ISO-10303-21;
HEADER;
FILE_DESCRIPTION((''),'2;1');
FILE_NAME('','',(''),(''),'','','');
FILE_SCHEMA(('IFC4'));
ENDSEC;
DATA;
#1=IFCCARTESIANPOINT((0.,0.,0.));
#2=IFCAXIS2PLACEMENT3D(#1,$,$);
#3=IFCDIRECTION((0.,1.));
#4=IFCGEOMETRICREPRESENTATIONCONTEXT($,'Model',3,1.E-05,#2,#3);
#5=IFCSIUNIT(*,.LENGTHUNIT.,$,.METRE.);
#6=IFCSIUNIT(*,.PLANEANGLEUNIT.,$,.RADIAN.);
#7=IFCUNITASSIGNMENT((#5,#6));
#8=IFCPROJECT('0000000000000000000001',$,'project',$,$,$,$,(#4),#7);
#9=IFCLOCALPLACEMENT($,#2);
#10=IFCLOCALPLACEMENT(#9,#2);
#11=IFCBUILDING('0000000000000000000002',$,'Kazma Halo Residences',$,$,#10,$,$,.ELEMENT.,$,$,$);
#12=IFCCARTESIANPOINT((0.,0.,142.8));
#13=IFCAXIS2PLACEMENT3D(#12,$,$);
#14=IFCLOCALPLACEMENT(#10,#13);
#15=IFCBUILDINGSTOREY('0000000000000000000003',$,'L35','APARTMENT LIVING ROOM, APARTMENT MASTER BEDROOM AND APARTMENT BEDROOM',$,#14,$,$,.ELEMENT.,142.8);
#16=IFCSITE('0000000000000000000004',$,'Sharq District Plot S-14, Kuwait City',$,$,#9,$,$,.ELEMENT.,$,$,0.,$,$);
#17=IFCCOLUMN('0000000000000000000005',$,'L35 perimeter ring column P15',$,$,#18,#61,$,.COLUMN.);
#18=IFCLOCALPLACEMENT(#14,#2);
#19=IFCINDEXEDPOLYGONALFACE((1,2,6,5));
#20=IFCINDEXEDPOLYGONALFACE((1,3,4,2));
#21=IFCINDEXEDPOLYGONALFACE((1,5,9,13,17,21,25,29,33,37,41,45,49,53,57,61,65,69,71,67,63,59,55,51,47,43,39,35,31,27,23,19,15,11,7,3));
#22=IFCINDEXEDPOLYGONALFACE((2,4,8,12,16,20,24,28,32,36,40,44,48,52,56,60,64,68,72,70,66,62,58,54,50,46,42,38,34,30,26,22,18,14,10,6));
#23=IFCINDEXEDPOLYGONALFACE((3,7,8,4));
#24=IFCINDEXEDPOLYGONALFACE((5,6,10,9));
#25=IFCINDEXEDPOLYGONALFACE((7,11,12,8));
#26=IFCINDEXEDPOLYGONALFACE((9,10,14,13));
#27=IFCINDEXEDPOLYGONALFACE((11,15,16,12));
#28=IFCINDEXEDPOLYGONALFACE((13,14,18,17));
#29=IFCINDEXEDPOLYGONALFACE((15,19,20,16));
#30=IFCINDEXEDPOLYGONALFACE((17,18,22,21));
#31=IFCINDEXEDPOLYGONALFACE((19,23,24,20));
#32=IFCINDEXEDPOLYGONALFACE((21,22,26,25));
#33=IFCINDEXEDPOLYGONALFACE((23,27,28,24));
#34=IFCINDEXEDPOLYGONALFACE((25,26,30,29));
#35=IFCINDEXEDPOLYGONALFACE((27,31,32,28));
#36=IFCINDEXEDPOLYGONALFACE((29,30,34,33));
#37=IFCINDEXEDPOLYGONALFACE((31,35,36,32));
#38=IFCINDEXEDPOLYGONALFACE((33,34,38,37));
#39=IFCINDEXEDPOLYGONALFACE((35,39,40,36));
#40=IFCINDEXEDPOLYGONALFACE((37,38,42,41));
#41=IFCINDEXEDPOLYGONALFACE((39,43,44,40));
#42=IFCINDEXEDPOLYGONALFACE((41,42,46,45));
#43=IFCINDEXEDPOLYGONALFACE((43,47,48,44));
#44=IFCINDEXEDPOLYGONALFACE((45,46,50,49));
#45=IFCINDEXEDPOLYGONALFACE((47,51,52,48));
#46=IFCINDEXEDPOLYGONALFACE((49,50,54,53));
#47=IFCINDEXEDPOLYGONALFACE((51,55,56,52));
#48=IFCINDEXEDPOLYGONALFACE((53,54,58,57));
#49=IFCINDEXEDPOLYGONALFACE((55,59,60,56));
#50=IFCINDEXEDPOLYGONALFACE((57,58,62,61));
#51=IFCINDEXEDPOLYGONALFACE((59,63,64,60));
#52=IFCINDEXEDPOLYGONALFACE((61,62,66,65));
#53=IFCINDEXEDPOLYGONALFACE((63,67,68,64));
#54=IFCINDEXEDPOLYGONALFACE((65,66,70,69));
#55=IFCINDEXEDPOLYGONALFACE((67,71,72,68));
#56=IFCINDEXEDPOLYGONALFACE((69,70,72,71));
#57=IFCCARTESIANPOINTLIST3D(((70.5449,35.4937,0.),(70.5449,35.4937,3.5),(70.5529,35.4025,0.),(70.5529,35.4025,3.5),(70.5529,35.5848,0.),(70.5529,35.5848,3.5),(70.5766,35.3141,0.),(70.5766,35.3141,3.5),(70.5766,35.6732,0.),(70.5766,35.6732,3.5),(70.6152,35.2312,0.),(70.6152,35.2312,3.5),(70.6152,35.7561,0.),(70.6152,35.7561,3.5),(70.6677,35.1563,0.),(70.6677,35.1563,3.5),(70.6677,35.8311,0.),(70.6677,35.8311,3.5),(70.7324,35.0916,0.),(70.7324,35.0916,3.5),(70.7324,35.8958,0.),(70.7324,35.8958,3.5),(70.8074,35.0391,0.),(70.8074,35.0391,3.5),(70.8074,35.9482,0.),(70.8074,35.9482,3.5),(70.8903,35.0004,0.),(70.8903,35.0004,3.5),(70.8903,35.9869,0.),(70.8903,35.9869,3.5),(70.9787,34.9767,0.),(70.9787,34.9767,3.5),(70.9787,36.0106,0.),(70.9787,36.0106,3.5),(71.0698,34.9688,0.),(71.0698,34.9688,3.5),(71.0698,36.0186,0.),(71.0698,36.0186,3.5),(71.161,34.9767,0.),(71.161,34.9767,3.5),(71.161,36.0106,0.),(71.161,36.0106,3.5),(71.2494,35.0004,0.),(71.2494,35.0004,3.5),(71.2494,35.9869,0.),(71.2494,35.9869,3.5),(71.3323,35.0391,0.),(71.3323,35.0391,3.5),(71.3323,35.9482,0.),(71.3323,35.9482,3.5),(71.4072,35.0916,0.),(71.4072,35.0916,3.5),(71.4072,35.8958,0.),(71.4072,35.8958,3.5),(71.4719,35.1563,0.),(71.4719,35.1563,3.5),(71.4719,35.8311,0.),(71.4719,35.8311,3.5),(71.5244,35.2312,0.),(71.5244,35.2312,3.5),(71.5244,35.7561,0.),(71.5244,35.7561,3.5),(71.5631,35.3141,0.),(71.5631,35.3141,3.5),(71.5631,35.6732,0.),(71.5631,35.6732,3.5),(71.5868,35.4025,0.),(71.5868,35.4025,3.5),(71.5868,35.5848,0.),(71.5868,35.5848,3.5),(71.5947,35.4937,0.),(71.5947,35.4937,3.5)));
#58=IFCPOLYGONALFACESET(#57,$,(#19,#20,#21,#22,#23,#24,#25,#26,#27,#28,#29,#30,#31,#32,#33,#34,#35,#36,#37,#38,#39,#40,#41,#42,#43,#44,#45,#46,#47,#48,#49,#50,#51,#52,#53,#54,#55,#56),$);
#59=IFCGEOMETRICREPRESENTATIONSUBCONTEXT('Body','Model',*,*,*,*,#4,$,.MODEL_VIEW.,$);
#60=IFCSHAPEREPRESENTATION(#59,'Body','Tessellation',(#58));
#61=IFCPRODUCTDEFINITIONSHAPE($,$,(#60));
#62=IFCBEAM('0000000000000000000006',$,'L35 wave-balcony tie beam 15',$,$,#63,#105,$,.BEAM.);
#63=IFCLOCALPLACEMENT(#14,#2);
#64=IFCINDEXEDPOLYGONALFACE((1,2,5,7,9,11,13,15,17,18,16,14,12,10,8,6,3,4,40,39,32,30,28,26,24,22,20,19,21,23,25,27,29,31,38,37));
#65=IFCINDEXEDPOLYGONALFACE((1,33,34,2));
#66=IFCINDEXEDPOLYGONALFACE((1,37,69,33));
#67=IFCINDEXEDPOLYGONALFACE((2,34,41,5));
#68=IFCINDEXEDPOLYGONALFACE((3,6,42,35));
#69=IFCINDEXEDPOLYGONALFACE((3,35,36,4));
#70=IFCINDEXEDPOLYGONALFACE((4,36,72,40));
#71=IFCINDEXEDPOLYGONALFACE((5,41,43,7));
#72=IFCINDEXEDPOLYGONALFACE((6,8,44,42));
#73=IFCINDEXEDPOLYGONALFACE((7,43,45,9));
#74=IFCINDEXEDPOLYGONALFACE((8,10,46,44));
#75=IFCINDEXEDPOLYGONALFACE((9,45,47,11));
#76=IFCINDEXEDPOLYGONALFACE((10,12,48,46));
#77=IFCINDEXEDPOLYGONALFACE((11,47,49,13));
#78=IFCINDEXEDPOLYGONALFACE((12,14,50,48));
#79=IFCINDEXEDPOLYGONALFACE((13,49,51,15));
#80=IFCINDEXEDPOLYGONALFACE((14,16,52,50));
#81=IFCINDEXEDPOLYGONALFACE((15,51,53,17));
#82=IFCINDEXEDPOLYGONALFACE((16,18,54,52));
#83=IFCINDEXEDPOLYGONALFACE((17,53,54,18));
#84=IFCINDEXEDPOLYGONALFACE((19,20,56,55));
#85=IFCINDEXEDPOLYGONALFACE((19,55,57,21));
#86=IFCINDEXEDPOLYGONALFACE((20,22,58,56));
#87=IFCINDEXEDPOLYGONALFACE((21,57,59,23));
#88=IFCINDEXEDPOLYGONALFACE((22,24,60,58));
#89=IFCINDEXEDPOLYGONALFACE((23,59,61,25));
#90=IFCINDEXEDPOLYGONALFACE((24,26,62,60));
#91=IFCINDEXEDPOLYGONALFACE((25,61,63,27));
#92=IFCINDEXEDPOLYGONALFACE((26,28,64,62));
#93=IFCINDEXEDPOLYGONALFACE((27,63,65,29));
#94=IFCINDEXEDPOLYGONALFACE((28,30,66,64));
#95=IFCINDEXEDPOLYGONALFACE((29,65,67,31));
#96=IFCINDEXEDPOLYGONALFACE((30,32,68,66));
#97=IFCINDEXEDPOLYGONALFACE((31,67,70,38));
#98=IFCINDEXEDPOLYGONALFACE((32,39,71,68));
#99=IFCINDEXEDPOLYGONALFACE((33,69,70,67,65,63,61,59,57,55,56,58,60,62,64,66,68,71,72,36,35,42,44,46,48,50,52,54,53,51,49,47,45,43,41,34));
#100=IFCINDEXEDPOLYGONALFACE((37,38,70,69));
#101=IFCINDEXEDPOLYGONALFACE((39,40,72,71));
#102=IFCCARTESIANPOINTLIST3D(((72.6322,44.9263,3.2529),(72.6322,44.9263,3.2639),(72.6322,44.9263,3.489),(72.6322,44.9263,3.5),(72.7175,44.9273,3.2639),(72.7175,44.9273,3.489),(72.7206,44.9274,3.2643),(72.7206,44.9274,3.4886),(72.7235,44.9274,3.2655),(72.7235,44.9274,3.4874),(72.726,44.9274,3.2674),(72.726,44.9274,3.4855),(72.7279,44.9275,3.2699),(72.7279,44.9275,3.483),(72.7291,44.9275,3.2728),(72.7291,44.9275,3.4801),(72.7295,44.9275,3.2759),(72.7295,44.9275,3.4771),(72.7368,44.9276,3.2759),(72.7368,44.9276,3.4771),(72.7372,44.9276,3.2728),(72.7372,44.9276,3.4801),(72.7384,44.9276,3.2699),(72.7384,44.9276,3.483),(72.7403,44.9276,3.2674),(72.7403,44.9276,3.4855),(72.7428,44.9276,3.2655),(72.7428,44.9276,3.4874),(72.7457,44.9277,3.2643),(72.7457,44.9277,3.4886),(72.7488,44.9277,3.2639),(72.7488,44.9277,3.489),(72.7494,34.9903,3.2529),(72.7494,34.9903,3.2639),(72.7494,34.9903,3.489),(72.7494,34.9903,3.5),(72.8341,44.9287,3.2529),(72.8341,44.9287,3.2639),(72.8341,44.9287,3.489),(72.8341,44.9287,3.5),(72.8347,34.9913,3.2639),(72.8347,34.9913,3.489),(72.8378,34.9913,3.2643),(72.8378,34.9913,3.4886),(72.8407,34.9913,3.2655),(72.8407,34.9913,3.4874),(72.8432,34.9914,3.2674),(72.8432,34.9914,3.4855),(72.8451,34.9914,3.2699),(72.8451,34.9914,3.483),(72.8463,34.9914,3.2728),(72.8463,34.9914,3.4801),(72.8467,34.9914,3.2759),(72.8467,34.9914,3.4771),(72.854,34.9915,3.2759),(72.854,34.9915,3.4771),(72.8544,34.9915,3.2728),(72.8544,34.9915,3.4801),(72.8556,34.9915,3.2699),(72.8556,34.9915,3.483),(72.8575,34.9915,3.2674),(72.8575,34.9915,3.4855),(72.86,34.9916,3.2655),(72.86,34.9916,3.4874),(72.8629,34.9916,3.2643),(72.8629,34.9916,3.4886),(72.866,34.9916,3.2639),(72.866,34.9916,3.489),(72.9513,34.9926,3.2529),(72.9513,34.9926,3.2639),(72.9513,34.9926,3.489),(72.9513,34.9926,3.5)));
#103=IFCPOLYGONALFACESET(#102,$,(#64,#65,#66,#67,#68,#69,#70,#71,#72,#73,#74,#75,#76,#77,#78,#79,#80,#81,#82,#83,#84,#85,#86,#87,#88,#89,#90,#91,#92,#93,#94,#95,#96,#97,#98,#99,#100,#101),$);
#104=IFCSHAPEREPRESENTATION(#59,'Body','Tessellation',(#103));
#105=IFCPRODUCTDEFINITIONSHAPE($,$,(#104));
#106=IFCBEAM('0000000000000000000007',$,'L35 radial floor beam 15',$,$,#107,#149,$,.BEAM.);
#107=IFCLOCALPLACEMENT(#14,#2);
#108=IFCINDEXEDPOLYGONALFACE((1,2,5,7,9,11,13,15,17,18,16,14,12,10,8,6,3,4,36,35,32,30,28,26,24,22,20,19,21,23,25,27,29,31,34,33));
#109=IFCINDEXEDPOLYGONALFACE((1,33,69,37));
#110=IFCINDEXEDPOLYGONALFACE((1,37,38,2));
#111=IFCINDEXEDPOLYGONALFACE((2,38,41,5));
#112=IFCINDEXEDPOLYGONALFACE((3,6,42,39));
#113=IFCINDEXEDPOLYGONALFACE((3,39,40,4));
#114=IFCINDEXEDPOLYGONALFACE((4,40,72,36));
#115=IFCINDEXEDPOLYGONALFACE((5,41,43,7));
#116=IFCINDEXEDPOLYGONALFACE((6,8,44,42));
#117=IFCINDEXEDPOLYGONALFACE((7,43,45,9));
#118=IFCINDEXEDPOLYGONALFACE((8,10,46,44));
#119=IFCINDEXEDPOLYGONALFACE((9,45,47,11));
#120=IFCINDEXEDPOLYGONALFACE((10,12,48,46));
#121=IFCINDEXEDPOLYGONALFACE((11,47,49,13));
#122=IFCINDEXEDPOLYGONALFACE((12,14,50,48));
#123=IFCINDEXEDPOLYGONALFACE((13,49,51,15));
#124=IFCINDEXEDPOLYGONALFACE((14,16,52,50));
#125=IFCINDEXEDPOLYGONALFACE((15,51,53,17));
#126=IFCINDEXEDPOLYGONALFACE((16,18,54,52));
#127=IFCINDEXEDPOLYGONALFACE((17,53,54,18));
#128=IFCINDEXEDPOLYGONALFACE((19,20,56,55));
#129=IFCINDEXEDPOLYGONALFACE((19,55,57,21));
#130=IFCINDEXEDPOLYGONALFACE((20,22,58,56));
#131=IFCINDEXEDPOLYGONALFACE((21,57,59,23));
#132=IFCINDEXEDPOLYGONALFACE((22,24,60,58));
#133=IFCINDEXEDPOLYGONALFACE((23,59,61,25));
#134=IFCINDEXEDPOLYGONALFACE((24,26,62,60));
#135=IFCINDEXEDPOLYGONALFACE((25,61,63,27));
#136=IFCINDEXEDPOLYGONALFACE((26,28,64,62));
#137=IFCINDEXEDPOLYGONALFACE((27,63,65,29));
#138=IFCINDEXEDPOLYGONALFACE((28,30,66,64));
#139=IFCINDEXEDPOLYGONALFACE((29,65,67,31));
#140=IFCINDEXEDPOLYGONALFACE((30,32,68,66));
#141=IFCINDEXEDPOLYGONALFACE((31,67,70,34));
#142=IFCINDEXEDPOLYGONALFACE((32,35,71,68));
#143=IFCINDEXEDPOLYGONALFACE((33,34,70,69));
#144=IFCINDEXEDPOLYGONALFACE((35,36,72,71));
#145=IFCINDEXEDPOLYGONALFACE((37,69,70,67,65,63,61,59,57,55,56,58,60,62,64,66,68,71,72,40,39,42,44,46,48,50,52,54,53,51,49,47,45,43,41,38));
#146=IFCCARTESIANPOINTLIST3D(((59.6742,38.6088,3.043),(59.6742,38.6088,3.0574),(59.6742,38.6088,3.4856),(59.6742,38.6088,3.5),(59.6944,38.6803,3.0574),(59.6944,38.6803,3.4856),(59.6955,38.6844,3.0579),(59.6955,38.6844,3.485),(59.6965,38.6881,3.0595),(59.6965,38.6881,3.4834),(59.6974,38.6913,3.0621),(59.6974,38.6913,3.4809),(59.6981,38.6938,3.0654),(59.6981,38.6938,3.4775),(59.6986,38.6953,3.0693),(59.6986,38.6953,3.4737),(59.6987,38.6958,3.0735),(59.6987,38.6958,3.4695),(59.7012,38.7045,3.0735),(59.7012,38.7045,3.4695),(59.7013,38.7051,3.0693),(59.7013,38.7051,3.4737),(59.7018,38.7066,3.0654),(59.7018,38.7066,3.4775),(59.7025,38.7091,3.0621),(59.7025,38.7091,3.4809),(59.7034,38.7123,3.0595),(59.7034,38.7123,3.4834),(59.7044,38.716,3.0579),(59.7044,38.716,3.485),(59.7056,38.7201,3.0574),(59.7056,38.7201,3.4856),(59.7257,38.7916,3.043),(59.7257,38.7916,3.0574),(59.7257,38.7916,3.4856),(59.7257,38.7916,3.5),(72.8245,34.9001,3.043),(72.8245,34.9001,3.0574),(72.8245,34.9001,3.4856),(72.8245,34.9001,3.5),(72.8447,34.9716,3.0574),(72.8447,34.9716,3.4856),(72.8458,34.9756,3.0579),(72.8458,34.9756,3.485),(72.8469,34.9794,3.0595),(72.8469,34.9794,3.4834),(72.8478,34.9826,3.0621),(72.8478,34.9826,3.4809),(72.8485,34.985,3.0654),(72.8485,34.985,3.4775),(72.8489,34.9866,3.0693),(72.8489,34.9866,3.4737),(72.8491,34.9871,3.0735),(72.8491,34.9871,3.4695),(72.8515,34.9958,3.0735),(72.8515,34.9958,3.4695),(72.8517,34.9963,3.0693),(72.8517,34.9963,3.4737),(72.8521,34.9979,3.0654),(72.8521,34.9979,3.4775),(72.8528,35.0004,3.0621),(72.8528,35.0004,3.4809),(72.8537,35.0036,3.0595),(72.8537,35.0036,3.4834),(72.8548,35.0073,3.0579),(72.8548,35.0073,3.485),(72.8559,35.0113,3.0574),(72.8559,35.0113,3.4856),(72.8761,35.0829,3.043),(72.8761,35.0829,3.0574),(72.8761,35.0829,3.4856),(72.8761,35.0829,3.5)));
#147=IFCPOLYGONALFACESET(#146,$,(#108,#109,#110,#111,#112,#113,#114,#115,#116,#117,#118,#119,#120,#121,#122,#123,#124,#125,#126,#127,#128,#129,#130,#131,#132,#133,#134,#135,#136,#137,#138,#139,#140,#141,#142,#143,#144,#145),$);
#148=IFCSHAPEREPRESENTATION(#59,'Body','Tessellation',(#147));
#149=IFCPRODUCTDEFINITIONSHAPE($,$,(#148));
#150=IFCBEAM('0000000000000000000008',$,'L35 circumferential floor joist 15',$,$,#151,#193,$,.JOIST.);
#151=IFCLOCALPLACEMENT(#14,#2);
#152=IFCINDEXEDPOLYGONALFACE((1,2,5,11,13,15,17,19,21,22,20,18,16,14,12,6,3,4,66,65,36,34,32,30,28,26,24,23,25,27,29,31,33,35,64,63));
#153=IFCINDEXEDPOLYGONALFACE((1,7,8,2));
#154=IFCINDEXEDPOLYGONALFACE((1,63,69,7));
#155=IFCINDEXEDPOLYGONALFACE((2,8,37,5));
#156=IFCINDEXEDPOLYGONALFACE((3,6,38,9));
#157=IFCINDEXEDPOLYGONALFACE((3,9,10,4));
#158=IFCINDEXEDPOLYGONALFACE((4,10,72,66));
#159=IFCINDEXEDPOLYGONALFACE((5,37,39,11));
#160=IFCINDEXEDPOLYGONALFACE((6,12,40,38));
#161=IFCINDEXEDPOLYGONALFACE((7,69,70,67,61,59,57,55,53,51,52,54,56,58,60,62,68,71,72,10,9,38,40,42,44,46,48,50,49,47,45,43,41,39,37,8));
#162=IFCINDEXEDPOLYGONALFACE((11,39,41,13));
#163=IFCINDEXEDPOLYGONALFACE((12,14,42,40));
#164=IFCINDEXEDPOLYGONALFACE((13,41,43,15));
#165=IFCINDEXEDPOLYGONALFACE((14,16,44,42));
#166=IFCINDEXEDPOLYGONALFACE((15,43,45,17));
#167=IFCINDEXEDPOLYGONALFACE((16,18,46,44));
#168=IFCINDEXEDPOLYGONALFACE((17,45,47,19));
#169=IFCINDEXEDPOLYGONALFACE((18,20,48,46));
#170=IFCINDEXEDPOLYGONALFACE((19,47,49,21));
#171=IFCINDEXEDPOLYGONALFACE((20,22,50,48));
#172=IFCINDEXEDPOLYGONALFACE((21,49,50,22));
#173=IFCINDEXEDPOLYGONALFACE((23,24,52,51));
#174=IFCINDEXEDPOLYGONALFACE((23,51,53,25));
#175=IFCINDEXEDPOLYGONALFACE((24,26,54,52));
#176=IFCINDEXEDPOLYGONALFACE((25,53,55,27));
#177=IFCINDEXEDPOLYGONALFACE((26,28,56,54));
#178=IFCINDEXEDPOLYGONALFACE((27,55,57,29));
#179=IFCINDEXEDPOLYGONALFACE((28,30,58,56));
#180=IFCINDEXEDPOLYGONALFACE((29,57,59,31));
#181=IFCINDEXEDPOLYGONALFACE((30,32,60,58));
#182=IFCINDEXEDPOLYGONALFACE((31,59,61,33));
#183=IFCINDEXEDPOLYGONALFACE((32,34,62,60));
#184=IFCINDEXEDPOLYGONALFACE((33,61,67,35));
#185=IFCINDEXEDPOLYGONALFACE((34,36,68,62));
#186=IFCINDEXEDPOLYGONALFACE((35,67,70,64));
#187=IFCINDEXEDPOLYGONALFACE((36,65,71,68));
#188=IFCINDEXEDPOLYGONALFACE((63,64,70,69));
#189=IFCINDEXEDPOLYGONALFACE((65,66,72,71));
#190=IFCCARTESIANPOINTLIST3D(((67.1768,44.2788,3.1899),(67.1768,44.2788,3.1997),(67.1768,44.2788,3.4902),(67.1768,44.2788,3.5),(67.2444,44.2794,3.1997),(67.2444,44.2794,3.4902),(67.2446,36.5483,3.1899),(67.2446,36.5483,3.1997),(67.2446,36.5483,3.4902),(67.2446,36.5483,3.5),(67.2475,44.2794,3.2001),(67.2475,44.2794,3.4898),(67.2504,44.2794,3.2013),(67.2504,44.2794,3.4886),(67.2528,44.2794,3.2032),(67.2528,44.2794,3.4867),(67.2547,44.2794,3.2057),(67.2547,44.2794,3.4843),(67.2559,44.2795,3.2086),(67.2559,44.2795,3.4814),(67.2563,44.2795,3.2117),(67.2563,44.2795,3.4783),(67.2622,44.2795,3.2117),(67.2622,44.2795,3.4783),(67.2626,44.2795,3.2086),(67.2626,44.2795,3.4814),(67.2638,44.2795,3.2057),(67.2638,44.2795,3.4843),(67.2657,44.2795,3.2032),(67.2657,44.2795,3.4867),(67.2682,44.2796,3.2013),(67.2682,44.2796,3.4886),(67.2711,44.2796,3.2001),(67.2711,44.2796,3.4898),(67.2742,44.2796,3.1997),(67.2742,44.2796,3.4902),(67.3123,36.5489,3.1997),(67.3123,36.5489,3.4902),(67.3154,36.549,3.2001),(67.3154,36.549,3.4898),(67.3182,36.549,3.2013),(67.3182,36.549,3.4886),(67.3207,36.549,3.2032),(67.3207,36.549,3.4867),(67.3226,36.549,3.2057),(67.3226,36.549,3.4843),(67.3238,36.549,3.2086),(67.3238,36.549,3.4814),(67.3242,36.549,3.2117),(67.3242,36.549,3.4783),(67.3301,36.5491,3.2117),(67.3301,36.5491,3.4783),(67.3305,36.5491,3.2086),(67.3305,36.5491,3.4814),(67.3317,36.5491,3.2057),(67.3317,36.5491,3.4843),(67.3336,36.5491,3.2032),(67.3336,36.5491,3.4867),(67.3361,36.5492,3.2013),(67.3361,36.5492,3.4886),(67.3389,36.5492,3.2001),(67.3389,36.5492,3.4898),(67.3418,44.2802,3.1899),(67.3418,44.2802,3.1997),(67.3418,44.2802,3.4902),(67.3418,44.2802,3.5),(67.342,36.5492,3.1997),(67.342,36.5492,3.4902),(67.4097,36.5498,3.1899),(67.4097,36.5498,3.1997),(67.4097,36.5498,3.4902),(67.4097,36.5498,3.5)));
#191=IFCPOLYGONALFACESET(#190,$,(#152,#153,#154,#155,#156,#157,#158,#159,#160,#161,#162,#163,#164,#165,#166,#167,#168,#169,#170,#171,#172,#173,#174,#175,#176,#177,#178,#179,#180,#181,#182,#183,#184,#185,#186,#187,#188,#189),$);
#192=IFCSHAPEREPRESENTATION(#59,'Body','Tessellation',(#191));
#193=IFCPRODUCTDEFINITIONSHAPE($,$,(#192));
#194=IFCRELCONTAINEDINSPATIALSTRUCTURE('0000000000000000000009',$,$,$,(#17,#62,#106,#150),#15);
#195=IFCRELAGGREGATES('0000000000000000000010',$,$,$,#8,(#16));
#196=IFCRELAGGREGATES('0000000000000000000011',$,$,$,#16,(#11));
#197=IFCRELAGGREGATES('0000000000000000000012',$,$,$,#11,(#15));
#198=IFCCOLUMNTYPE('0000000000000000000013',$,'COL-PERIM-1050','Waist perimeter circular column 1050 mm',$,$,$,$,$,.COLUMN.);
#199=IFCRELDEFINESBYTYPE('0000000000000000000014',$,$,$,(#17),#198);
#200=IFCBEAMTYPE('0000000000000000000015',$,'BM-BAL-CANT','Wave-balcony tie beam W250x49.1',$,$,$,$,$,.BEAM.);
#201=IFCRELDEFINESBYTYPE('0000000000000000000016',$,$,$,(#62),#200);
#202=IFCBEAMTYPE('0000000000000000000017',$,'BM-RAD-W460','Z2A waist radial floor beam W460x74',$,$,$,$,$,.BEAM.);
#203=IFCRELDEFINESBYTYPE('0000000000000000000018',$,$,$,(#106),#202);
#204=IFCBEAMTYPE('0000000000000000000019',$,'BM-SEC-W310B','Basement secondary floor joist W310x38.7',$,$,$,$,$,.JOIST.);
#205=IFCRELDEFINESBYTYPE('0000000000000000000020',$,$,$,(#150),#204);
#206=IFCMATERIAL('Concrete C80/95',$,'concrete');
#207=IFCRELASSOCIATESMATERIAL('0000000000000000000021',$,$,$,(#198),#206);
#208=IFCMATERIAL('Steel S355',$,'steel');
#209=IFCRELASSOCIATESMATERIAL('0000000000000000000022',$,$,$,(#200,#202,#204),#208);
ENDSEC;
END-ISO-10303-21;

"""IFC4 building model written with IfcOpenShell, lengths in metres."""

from ifc_helpers import new_model, si_unit, direction, frame, origin, origin_2d, place, context, subcontext, project, spatial, circle, i_section, extrude, material, material_profile, profile_set, type_object, element, save


model = new_model("IFC4")

# Units and contexts
model_context = context("Model", 3, precision=1e-05, world=origin(), true_north=direction((0.0, 1.0)))
body_context = subcontext(model_context, "Body", "Model", "MODEL_VIEW")
ifc_project = project(units=[si_unit("LENGTHUNIT", "METRE"), si_unit("PLANEANGLEUNIT", "RADIAN")], contexts=[model_context])

# Site, building, storey
site_placement = place(None, origin())
site = spatial("IfcSite", under=ifc_project, at=site_placement, Name="Sharq District Plot S-14, Kuwait City", CompositionType="ELEMENT", RefElevation=0.0)
building_placement = place(site_placement, origin())
building = spatial("IfcBuilding", under=site, at=building_placement, Name="Kazma Halo Residences", CompositionType="ELEMENT")
storey_placement = place(building_placement, frame((0.0, 0.0, 142.8)))
storey = spatial("IfcBuildingStorey", under=building, at=storey_placement, Name="L35", Description="APARTMENT LIVING ROOM, APARTMENT MASTER BEDROOM AND APARTMENT BEDROOM", CompositionType="ELEMENT", Elevation=142.8)

# Column
ifc_material_1 = material(Name="Concrete C80/95", Category="concrete")
ifc_material_profile_1 = material_profile(ifc_material_1, circle(Radius=0.5249, at=origin_2d()), Name="CIRC1050")
ifc_profile_set_1 = profile_set([ifc_material_profile_1], Name="Concrete C80/95")
column_type = type_object("IfcColumnType", Name="COL-PERIM-1050", Description="Waist perimeter circular column 1050 mm", PredefinedType="COLUMN", material=ifc_profile_set_1)
column_placement = place(storey_placement, frame((71.0698, 35.4937, 0.0), z_axis=(0.0, 0.0, 1.0), x_axis=(1.0, 0.0, 0.0)))
element("IfcColumn", 1, at=column_placement, inside=storey, type_object=column_type, Name="L35 perimeter ring column P15", PredefinedType="COLUMN", context=body_context, shape_type="SweptSolid", body=[
    extrude(circle(Radius=0.5249, at=origin_2d()), origin(), (0.0, 0.0, 1.0), 3.5),
])

# Beams
ifc_material_2 = material(Name="Steel S355", Category="steel")
ifc_material_profile_2 = material_profile(ifc_material_2, i_section(OverallWidth=0.2019, OverallDepth=0.2471, WebThickness=0.0073, FlangeThickness=0.011, FilletRadius=0.012, at=origin_2d()), Name="W250x49.1")
ifc_profile_set_2 = profile_set([ifc_material_profile_2], Name="Steel S355")
beam_type_1 = type_object("IfcBeamType", Name="BM-BAL-CANT", Description="Wave-balcony tie beam W250x49.1", PredefinedType="BEAM", material=ifc_profile_set_2)
beam_1_placement = place(storey_placement, frame((72.8503, 34.9915, 3.3765), z_axis=(-0.011793, 0.99993, 0.0), x_axis=(-0.99993, -0.011793, 0.0)))
element("IfcBeam", 2, at=beam_1_placement, inside=storey, type_object=beam_type_1, Name="L35 wave-balcony tie beam 15", PredefinedType="BEAM", context=body_context, shape_type="SweptSolid", body=[
    extrude(i_section(OverallWidth=0.2019, OverallDepth=0.2471, WebThickness=0.0073, FlangeThickness=0.011, FilletRadius=0.012, at=origin_2d()), origin(), (0.0, 0.0, 1.0), 9.9368),
])
ifc_material_profile_3 = material_profile(ifc_material_2, i_section(OverallWidth=0.1899, OverallDepth=0.457, WebThickness=0.009, FlangeThickness=0.0144, FilletRadius=0.0161, at=origin_2d()), Name="W460x74")
ifc_profile_set_3 = profile_set([ifc_material_profile_3], Name="Steel S355")
beam_type_2 = type_object("IfcBeamType", Name="BM-RAD-W460", Description="Z2A waist radial floor beam W460x74", PredefinedType="BEAM", material=ifc_profile_set_3)
beam_2_placement = place(storey_placement, frame((59.7, 38.7002, 3.2715), z_axis=(0.962456, -0.271437, 0.0), x_axis=(0.271437, 0.962456, 0.0)))
element("IfcBeam", 3, at=beam_2_placement, inside=storey, type_object=beam_type_2, Name="L35 radial floor beam 15", PredefinedType="BEAM", context=body_context, shape_type="SweptSolid", body=[
    extrude(i_section(OverallWidth=0.1899, OverallDepth=0.457, WebThickness=0.009, FlangeThickness=0.0144, FilletRadius=0.0161, at=origin_2d()), origin(), (0.0, 0.0, 1.0), 13.6633),
])
ifc_material_profile_4 = material_profile(ifc_material_2, i_section(OverallWidth=0.165, OverallDepth=0.3101, WebThickness=0.0059, FlangeThickness=0.0098, FilletRadius=0.012, at=origin_2d()), Name="W310x38.7")
ifc_profile_set_4 = profile_set([ifc_material_profile_4], Name="Steel S355")
beam_type_3 = type_object("IfcBeamType", Name="BM-SEC-W310B", Description="Basement secondary floor joist W310x38.7", PredefinedType="JOIST", material=ifc_profile_set_4)
beam_3_placement = place(storey_placement, frame((67.3271, 36.5491, 3.345), z_axis=(-0.008779, 0.999961, 0.0), x_axis=(-0.999961, -0.008779, 0.0)))
element("IfcBeam", 4, at=beam_3_placement, inside=storey, type_object=beam_type_3, Name="L35 circumferential floor joist 15", PredefinedType="JOIST", context=body_context, shape_type="SweptSolid", body=[
    extrude(i_section(OverallWidth=0.165, OverallDepth=0.3101, WebThickness=0.0059, FlangeThickness=0.0098, FilletRadius=0.012, at=origin_2d()), origin(), (0.0, 0.0, 1.0), 7.7307),
])

save(model, "model.ifc")
